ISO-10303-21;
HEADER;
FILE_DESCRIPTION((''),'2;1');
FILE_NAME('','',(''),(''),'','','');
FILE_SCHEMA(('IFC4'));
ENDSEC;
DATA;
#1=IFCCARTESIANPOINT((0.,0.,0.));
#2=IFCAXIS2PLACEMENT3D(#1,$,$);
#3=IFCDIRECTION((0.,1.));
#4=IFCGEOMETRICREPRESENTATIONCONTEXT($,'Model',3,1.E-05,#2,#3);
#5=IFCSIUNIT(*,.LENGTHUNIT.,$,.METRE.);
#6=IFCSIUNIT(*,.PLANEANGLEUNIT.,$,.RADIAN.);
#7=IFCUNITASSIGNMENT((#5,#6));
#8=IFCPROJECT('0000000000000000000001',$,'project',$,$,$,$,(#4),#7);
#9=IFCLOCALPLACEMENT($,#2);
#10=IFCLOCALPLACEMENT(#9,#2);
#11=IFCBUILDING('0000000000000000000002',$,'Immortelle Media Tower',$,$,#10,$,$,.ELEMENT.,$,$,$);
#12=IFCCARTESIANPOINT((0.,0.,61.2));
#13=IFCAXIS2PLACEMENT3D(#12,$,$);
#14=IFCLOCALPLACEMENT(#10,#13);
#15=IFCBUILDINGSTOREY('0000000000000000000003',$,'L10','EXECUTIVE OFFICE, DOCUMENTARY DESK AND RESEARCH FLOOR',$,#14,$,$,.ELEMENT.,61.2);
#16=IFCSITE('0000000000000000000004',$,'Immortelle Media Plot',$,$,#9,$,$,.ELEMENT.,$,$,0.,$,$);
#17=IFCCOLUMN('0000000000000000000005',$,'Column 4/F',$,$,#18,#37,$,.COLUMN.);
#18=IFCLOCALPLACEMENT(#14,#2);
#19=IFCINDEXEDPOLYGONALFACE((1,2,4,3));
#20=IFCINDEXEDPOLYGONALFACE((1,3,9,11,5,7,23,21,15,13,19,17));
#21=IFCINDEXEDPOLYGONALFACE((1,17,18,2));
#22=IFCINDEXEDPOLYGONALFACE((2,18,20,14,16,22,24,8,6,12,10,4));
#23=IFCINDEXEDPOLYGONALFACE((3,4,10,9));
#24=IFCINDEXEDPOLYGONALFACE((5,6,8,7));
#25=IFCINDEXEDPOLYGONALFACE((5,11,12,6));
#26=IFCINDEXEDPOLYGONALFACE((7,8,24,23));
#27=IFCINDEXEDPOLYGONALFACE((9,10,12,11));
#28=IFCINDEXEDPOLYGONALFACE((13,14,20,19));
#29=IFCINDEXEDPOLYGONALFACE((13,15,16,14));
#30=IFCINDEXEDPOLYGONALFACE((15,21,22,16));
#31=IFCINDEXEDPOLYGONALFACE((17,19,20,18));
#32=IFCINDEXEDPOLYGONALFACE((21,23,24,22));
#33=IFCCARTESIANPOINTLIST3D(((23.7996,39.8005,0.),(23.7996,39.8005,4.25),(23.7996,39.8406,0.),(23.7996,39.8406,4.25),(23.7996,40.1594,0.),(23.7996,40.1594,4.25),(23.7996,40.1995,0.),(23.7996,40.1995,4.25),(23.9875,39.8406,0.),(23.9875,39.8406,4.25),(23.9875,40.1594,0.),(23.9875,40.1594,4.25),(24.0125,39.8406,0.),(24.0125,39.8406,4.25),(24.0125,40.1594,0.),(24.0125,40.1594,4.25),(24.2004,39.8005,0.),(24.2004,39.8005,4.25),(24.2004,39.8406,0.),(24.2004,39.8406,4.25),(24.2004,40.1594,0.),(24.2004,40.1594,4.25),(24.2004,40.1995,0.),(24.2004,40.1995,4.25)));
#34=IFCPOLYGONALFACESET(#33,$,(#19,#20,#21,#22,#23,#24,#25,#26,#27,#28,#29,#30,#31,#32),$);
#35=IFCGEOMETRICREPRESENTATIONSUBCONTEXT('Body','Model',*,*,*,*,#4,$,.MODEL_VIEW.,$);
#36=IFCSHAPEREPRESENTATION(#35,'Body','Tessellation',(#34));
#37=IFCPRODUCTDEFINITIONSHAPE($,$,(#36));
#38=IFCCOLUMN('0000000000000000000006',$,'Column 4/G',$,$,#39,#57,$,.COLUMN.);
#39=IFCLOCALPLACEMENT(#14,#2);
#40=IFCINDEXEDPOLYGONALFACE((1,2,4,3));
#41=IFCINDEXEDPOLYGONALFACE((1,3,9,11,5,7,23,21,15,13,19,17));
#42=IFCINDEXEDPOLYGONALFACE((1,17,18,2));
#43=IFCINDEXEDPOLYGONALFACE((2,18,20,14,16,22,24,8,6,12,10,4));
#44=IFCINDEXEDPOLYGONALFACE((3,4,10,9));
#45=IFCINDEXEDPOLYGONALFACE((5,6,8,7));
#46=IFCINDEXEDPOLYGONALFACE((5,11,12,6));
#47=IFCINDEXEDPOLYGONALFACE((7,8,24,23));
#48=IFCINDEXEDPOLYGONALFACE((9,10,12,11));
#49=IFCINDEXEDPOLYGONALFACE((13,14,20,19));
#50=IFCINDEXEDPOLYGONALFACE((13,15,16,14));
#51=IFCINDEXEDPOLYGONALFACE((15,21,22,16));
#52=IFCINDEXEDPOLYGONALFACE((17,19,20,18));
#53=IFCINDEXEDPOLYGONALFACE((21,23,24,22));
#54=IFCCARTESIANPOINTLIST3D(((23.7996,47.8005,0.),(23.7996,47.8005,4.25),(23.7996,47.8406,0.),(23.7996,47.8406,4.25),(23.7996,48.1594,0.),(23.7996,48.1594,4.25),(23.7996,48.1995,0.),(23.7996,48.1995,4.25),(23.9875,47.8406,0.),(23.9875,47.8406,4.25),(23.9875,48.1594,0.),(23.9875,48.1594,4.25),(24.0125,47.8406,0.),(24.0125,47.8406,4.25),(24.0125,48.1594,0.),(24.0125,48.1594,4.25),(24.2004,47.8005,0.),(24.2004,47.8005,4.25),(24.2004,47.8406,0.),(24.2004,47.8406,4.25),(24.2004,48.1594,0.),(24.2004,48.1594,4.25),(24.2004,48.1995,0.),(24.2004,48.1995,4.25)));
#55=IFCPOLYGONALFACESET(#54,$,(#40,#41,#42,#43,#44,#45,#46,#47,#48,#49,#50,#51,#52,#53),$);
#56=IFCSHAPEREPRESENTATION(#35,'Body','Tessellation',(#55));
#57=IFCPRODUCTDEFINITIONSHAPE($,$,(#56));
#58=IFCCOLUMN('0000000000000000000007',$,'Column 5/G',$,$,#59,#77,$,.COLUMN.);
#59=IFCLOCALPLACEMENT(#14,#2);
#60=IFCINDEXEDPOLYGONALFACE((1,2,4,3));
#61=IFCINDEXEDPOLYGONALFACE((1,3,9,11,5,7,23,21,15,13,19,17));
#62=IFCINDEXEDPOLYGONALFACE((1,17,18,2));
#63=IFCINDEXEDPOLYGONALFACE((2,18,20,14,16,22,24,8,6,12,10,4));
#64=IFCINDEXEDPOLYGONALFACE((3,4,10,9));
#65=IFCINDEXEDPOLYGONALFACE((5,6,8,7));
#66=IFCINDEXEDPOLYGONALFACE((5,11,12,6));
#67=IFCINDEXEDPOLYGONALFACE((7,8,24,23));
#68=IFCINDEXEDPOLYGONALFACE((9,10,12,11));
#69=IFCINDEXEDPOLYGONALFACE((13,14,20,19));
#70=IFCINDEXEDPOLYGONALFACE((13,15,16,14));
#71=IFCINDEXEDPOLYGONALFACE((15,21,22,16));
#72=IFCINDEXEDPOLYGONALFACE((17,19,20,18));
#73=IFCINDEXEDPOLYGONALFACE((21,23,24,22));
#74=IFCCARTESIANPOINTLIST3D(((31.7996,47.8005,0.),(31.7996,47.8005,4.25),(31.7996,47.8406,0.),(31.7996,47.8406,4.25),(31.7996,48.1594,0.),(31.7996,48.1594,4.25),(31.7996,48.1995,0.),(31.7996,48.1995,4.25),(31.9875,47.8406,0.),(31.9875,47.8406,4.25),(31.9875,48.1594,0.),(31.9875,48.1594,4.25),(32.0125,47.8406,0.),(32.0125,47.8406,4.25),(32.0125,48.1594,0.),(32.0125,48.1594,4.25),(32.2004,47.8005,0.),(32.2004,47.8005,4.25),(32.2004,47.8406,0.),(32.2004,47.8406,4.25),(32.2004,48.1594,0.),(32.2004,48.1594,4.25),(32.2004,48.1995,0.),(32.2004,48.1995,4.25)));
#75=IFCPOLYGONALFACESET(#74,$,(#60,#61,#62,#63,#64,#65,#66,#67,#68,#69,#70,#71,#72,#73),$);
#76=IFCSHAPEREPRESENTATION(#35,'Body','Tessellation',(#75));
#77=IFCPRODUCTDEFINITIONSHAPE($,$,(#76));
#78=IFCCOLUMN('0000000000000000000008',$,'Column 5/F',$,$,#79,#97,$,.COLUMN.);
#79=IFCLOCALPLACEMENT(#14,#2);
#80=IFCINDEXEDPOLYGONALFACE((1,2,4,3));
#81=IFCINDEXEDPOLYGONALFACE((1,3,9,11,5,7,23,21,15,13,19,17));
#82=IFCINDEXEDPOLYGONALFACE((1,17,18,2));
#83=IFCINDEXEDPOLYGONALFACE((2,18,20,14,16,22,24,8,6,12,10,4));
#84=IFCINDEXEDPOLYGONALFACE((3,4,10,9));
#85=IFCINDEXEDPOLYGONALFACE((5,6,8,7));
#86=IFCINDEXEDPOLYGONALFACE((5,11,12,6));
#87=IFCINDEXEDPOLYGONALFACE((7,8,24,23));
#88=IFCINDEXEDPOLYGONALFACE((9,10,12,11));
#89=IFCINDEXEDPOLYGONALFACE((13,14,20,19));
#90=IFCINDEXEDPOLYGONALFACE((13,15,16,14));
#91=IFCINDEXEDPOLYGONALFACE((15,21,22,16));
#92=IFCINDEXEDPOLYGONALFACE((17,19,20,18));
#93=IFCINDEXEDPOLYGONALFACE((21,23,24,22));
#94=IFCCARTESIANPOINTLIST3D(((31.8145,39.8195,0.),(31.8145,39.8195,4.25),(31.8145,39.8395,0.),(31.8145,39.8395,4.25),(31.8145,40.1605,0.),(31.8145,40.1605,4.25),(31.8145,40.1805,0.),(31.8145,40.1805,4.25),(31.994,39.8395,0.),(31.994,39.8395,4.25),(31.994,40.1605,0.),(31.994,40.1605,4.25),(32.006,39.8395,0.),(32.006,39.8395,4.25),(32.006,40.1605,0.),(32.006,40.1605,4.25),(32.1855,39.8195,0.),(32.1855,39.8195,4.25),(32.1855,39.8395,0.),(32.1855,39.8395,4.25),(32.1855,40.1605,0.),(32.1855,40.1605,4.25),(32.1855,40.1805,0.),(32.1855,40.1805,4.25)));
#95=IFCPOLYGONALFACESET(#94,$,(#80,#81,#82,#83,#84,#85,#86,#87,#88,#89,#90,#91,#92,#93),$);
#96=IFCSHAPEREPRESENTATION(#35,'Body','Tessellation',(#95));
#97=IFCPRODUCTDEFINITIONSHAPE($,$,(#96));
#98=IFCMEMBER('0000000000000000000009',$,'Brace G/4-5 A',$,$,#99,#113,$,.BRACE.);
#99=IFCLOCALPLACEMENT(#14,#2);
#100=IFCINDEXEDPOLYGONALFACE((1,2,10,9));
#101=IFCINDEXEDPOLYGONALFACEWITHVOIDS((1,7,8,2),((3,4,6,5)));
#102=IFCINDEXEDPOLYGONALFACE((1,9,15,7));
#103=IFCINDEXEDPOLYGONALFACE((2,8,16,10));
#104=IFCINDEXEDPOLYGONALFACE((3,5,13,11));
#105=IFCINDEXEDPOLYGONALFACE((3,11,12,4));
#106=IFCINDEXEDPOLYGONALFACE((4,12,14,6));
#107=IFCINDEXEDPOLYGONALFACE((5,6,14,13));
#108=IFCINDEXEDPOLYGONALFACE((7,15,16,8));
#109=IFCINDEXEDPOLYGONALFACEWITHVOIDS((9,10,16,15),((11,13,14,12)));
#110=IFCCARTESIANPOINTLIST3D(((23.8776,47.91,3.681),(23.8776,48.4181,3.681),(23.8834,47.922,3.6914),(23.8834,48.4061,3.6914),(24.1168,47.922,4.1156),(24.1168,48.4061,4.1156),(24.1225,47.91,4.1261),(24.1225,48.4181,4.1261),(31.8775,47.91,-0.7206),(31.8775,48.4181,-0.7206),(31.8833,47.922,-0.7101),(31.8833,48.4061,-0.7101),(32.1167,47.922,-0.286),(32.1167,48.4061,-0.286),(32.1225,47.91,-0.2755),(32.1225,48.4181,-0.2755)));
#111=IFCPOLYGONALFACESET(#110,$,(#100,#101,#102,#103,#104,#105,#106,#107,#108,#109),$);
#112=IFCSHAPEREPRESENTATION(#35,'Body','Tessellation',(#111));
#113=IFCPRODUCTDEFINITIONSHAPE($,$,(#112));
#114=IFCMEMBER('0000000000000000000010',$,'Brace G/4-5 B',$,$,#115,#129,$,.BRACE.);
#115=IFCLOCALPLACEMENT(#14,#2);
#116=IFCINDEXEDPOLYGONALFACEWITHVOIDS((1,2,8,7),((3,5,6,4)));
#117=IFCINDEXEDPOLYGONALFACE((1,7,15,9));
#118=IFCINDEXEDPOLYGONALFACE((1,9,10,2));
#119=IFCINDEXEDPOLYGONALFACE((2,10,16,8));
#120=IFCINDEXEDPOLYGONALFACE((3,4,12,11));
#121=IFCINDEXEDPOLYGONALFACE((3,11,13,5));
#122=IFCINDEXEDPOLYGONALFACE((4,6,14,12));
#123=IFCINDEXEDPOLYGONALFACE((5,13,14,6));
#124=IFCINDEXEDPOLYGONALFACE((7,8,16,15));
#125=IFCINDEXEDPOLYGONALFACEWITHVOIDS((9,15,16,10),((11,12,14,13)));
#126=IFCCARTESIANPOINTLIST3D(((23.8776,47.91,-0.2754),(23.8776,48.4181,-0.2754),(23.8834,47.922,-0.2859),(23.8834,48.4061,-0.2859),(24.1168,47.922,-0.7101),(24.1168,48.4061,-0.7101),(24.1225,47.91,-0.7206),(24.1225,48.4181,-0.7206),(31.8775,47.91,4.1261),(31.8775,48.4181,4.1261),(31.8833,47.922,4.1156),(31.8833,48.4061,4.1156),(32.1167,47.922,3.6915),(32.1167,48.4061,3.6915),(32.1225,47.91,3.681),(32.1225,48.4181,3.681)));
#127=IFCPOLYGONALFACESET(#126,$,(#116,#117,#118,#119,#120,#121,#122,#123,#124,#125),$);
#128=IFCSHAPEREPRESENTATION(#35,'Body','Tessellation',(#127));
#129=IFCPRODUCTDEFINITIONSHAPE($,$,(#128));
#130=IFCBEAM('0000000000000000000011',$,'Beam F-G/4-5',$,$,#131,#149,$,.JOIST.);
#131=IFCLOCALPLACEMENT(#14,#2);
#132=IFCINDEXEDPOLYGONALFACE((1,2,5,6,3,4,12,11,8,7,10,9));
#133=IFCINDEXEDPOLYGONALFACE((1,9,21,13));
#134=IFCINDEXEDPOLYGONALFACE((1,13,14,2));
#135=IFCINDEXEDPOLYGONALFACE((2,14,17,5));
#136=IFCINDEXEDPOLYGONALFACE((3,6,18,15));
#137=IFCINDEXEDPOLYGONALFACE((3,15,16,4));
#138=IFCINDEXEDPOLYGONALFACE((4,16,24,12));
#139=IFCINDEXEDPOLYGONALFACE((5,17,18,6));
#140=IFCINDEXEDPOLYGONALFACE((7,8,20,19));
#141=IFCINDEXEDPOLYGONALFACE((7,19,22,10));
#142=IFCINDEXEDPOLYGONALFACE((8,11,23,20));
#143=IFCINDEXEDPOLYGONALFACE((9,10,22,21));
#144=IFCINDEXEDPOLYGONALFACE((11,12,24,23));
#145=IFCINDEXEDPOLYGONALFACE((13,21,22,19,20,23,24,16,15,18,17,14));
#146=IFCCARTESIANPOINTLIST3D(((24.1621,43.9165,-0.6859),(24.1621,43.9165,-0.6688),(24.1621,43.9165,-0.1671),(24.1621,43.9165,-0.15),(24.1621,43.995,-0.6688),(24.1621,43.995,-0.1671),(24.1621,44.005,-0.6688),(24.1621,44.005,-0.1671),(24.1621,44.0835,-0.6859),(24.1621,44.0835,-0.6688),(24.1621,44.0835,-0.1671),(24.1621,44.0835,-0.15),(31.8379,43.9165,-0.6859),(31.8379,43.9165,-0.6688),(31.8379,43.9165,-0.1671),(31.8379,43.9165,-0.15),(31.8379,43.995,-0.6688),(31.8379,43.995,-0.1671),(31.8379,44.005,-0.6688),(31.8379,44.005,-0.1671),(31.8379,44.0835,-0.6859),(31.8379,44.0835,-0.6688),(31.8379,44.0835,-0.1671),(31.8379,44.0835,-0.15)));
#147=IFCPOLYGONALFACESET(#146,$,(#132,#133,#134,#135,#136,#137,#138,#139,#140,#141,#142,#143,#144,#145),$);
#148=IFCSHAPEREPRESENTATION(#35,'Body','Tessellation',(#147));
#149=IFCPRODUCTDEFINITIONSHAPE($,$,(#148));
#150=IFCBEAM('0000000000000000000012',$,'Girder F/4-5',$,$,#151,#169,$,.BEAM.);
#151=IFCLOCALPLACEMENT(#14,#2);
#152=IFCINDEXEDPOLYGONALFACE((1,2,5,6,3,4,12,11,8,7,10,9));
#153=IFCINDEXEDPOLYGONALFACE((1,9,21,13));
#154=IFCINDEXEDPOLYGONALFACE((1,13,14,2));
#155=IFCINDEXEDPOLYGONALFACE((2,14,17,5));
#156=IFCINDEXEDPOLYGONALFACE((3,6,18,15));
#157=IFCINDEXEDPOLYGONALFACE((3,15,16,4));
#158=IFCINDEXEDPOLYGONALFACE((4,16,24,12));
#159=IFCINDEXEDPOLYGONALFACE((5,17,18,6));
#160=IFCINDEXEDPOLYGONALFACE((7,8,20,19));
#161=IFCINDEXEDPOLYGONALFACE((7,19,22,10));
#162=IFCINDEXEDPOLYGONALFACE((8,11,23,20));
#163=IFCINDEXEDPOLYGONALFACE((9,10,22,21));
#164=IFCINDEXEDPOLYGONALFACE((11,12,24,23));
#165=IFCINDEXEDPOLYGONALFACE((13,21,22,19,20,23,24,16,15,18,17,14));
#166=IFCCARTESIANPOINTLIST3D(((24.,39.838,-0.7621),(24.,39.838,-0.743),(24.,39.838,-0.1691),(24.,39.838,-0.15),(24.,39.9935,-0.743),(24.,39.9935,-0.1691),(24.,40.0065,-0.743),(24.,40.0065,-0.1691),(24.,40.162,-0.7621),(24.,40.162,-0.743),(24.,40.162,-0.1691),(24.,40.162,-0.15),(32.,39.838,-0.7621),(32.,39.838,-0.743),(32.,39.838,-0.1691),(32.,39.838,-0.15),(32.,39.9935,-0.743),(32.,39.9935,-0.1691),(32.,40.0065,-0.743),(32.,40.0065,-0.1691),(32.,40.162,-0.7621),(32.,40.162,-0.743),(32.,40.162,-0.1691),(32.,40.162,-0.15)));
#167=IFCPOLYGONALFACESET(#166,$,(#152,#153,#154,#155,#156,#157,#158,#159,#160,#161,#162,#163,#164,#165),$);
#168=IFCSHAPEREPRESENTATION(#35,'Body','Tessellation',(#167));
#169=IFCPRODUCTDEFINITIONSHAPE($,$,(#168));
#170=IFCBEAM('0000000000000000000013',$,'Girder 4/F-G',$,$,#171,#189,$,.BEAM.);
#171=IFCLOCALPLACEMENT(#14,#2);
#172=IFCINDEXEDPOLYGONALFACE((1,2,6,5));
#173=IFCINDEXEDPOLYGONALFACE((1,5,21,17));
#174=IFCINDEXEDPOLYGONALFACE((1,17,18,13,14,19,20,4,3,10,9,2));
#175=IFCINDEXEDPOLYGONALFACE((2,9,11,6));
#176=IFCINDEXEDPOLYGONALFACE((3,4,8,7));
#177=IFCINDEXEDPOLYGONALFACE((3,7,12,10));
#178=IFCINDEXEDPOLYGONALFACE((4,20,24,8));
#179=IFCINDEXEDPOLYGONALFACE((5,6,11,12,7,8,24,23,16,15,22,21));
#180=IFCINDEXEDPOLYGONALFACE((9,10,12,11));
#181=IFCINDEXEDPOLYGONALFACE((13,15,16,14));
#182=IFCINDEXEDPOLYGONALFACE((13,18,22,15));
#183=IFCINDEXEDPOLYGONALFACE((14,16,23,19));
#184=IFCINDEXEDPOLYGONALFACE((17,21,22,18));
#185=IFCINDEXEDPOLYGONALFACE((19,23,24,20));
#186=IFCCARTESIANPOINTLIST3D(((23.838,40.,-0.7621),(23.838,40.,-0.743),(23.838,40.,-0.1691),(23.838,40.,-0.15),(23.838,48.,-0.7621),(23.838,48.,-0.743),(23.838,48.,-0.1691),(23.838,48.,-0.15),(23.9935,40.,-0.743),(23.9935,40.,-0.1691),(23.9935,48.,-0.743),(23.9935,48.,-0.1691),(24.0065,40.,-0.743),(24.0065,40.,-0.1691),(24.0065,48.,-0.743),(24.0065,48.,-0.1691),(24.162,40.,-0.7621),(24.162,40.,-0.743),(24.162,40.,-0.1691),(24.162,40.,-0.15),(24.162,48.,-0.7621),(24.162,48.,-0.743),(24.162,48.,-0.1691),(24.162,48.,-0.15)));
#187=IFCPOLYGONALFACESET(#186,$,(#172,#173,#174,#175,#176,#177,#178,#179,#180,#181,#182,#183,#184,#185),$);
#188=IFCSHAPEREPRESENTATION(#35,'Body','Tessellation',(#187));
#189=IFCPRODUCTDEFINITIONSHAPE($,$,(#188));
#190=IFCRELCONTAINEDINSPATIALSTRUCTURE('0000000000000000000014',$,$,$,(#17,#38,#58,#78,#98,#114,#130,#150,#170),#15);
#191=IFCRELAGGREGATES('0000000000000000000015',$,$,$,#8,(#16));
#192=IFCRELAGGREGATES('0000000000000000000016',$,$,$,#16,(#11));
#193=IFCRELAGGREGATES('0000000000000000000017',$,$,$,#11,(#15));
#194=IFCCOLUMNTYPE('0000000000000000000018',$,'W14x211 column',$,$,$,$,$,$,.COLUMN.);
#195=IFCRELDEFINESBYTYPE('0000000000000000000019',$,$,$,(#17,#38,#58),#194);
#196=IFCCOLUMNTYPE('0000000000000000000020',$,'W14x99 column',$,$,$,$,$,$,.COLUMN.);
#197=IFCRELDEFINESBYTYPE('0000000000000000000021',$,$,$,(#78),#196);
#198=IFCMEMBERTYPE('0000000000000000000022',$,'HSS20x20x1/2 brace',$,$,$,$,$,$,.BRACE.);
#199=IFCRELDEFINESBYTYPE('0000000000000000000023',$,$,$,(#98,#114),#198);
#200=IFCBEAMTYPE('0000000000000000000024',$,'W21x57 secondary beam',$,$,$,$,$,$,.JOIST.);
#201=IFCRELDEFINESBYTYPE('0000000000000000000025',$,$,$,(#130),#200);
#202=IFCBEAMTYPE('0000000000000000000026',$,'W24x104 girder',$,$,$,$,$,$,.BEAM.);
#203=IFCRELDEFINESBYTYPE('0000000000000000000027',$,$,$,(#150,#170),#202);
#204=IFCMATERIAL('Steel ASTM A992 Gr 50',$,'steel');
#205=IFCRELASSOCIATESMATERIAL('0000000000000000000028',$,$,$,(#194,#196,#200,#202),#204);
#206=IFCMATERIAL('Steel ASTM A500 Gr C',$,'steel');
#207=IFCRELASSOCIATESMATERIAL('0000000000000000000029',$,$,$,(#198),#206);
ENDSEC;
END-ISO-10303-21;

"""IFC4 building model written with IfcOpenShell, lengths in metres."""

from ifc_helpers import new_model, si_unit, direction, frame, origin, origin_2d, place, context, subcontext, project, spatial, hollow_rectangle, i_section, extrude, material, material_profile, profile_set, type_object, element, save


model = new_model("IFC4")

# Units and contexts
model_context = context("Model", 3, precision=1e-05, world=origin(), true_north=direction((0.0, 1.0)))
body_context = subcontext(model_context, "Body", "Model", "MODEL_VIEW")
ifc_project = project(units=[si_unit("LENGTHUNIT", "METRE"), si_unit("PLANEANGLEUNIT", "RADIAN")], contexts=[model_context])

# Site, building, storey
site_placement = place(None, origin())
site = spatial("IfcSite", under=ifc_project, at=site_placement, Name="Immortelle Media Plot", CompositionType="ELEMENT", RefElevation=0.0)
building_placement = place(site_placement, origin())
building = spatial("IfcBuilding", under=site, at=building_placement, Name="Immortelle Media Tower", CompositionType="ELEMENT")
storey_placement = place(building_placement, frame((0.0, 0.0, 61.2)))
storey = spatial("IfcBuildingStorey", under=building, at=storey_placement, Name="L10", Description="EXECUTIVE OFFICE, DOCUMENTARY DESK AND RESEARCH FLOOR", CompositionType="ELEMENT", Elevation=61.2)

# Columns
ifc_material_1 = material(Name="Steel ASTM A992 Gr 50", Category="steel")
ifc_material_profile_1 = material_profile(ifc_material_1, i_section(OverallWidth=0.4009, OverallDepth=0.3989, WebThickness=0.0249, FlangeThickness=0.04, at=origin_2d()), Name="W14x211")
ifc_profile_set_1 = profile_set([ifc_material_profile_1], Name="Steel ASTM A992 Gr 50")
column_type_1 = type_object("IfcColumnType", Name="W14x211 column", PredefinedType="COLUMN", material=ifc_profile_set_1)
for number, where, z_axis, x_axis, name in (
    (1, (24.0, 40.0, 0.0), (0.0, 0.0, 1.0), (1.0, 0.0, 0.0), "Column 4/F"),
    (2, (24.0, 48.0, 0.0), (0.0, 0.0, 1.0), (1.0, 0.0, 0.0), "Column 4/G"),
    (3, (32.0, 48.0, 0.0), (0.0, 0.0, 1.0), (1.0, 0.0, 0.0), "Column 5/G"),
):
    element("IfcColumn", number, at=place(storey_placement, frame(where, z_axis=z_axis, x_axis=x_axis)), inside=storey, type_object=column_type_1, Name=name, PredefinedType="COLUMN", context=body_context, shape_type="SweptSolid", body=[
        extrude(i_section(OverallWidth=0.4009, OverallDepth=0.3989, WebThickness=0.0249, FlangeThickness=0.04, at=origin_2d()), origin(), (0.0, 0.0, 1.0), 4.25),
    ])
ifc_material_profile_2 = material_profile(ifc_material_1, i_section(OverallWidth=0.3711, OverallDepth=0.3611, WebThickness=0.012, FlangeThickness=0.02, at=origin_2d()), Name="W14x99")
ifc_profile_set_2 = profile_set([ifc_material_profile_2], Name="Steel ASTM A992 Gr 50")
column_type_2 = type_object("IfcColumnType", Name="W14x99 column", PredefinedType="COLUMN", material=ifc_profile_set_2)
column_placement = place(storey_placement, frame((32.0, 40.0, 0.0), z_axis=(0.0, 0.0, 1.0), x_axis=(1.0, 0.0, 0.0)))
element("IfcColumn", 4, at=column_placement, inside=storey, type_object=column_type_2, Name="Column 5/F", PredefinedType="COLUMN", context=body_context, shape_type="SweptSolid", body=[
    extrude(i_section(OverallWidth=0.3711, OverallDepth=0.3611, WebThickness=0.012, FlangeThickness=0.02, at=origin_2d()), origin(), (0.0, 0.0, 1.0), 4.25),
])

# Members
ifc_material_2 = material(Name="Steel ASTM A500 Gr C", Category="steel")
ifc_material_profile_3 = material_profile(ifc_material_2, hollow_rectangle(XDim=0.5081, YDim=0.5081, WallThickness=0.012, at=origin_2d()), Name="HSS20x20x1/2 brace")
ifc_profile_set_3 = profile_set([ifc_material_profile_3], Name="Steel ASTM A500 Gr C")
member_type = type_object("IfcMemberType", Name="HSS20x20x1/2 brace", PredefinedType="BRACE", material=ifc_profile_set_3)
for number, where, z_axis, x_axis, name in (
    (5, (32.0, 48.1641, -0.498), (-0.876141, 0.0, 0.482054), (0.0, -1.0, 0.0), "Brace G/4-5 A"),
    (6, (32.0, 48.1641, 3.9036), (-0.876141, 0.0, -0.482054), (0.0, -1.0, 0.0), "Brace G/4-5 B"),
):
    element("IfcMember", number, at=place(storey_placement, frame(where, z_axis=z_axis, x_axis=x_axis)), inside=storey, type_object=member_type, Name=name, PredefinedType="BRACE", context=body_context, shape_type="SweptSolid", body=[
        extrude(hollow_rectangle(XDim=0.5081, YDim=0.5081, WallThickness=0.012, at=origin_2d()), origin(), (0.0, 0.0, 1.0), 9.1309),
    ])

# Beams
ifc_material_profile_4 = material_profile(ifc_material_1, i_section(OverallWidth=0.167, OverallDepth=0.5359, WebThickness=0.01, FlangeThickness=0.0171, at=origin_2d()), Name="W21x57")
ifc_profile_set_4 = profile_set([ifc_material_profile_4], Name="Steel ASTM A992 Gr 50")
beam_type_1 = type_object("IfcBeamType", Name="W21x57 secondary beam", PredefinedType="JOIST", material=ifc_profile_set_4)
beam_placement = place(storey_placement, frame((24.1621, 44.0, -0.418), z_axis=(1.0, 0.0, 0.0), x_axis=(0.0, 1.0, 0.0)))
element("IfcBeam", 7, at=beam_placement, inside=storey, type_object=beam_type_1, Name="Beam F-G/4-5", PredefinedType="JOIST", context=body_context, shape_type="SweptSolid", body=[
    extrude(i_section(OverallWidth=0.167, OverallDepth=0.5359, WebThickness=0.01, FlangeThickness=0.0171, at=origin_2d()), origin(), (0.0, 0.0, 1.0), 7.6758),
])
ifc_material_profile_5 = material_profile(ifc_material_1, i_section(OverallWidth=0.324, OverallDepth=0.6121, WebThickness=0.0129, FlangeThickness=0.019, at=origin_2d()), Name="W24x104")
ifc_profile_set_5 = profile_set([ifc_material_profile_5], Name="Steel ASTM A992 Gr 50")
beam_type_2 = type_object("IfcBeamType", Name="W24x104 girder", PredefinedType="BEAM", material=ifc_profile_set_5)
for number, where, z_axis, x_axis, name in (
    (8, (24.0, 40.0, -0.4561), (1.0, 0.0, 0.0), (0.0, 1.0, 0.0), "Girder F/4-5"),
    (9, (24.0, 40.0, -0.4561), (0.0, 1.0, 0.0), (-1.0, 0.0, 0.0), "Girder 4/F-G"),
):
    element("IfcBeam", number, at=place(storey_placement, frame(where, z_axis=z_axis, x_axis=x_axis)), inside=storey, type_object=beam_type_2, Name=name, PredefinedType="BEAM", context=body_context, shape_type="SweptSolid", body=[
        extrude(i_section(OverallWidth=0.324, OverallDepth=0.6121, WebThickness=0.0129, FlangeThickness=0.019, at=origin_2d()), origin(), (0.0, 0.0, 1.0), 8.0),
    ])

save(model, "model.ifc")
